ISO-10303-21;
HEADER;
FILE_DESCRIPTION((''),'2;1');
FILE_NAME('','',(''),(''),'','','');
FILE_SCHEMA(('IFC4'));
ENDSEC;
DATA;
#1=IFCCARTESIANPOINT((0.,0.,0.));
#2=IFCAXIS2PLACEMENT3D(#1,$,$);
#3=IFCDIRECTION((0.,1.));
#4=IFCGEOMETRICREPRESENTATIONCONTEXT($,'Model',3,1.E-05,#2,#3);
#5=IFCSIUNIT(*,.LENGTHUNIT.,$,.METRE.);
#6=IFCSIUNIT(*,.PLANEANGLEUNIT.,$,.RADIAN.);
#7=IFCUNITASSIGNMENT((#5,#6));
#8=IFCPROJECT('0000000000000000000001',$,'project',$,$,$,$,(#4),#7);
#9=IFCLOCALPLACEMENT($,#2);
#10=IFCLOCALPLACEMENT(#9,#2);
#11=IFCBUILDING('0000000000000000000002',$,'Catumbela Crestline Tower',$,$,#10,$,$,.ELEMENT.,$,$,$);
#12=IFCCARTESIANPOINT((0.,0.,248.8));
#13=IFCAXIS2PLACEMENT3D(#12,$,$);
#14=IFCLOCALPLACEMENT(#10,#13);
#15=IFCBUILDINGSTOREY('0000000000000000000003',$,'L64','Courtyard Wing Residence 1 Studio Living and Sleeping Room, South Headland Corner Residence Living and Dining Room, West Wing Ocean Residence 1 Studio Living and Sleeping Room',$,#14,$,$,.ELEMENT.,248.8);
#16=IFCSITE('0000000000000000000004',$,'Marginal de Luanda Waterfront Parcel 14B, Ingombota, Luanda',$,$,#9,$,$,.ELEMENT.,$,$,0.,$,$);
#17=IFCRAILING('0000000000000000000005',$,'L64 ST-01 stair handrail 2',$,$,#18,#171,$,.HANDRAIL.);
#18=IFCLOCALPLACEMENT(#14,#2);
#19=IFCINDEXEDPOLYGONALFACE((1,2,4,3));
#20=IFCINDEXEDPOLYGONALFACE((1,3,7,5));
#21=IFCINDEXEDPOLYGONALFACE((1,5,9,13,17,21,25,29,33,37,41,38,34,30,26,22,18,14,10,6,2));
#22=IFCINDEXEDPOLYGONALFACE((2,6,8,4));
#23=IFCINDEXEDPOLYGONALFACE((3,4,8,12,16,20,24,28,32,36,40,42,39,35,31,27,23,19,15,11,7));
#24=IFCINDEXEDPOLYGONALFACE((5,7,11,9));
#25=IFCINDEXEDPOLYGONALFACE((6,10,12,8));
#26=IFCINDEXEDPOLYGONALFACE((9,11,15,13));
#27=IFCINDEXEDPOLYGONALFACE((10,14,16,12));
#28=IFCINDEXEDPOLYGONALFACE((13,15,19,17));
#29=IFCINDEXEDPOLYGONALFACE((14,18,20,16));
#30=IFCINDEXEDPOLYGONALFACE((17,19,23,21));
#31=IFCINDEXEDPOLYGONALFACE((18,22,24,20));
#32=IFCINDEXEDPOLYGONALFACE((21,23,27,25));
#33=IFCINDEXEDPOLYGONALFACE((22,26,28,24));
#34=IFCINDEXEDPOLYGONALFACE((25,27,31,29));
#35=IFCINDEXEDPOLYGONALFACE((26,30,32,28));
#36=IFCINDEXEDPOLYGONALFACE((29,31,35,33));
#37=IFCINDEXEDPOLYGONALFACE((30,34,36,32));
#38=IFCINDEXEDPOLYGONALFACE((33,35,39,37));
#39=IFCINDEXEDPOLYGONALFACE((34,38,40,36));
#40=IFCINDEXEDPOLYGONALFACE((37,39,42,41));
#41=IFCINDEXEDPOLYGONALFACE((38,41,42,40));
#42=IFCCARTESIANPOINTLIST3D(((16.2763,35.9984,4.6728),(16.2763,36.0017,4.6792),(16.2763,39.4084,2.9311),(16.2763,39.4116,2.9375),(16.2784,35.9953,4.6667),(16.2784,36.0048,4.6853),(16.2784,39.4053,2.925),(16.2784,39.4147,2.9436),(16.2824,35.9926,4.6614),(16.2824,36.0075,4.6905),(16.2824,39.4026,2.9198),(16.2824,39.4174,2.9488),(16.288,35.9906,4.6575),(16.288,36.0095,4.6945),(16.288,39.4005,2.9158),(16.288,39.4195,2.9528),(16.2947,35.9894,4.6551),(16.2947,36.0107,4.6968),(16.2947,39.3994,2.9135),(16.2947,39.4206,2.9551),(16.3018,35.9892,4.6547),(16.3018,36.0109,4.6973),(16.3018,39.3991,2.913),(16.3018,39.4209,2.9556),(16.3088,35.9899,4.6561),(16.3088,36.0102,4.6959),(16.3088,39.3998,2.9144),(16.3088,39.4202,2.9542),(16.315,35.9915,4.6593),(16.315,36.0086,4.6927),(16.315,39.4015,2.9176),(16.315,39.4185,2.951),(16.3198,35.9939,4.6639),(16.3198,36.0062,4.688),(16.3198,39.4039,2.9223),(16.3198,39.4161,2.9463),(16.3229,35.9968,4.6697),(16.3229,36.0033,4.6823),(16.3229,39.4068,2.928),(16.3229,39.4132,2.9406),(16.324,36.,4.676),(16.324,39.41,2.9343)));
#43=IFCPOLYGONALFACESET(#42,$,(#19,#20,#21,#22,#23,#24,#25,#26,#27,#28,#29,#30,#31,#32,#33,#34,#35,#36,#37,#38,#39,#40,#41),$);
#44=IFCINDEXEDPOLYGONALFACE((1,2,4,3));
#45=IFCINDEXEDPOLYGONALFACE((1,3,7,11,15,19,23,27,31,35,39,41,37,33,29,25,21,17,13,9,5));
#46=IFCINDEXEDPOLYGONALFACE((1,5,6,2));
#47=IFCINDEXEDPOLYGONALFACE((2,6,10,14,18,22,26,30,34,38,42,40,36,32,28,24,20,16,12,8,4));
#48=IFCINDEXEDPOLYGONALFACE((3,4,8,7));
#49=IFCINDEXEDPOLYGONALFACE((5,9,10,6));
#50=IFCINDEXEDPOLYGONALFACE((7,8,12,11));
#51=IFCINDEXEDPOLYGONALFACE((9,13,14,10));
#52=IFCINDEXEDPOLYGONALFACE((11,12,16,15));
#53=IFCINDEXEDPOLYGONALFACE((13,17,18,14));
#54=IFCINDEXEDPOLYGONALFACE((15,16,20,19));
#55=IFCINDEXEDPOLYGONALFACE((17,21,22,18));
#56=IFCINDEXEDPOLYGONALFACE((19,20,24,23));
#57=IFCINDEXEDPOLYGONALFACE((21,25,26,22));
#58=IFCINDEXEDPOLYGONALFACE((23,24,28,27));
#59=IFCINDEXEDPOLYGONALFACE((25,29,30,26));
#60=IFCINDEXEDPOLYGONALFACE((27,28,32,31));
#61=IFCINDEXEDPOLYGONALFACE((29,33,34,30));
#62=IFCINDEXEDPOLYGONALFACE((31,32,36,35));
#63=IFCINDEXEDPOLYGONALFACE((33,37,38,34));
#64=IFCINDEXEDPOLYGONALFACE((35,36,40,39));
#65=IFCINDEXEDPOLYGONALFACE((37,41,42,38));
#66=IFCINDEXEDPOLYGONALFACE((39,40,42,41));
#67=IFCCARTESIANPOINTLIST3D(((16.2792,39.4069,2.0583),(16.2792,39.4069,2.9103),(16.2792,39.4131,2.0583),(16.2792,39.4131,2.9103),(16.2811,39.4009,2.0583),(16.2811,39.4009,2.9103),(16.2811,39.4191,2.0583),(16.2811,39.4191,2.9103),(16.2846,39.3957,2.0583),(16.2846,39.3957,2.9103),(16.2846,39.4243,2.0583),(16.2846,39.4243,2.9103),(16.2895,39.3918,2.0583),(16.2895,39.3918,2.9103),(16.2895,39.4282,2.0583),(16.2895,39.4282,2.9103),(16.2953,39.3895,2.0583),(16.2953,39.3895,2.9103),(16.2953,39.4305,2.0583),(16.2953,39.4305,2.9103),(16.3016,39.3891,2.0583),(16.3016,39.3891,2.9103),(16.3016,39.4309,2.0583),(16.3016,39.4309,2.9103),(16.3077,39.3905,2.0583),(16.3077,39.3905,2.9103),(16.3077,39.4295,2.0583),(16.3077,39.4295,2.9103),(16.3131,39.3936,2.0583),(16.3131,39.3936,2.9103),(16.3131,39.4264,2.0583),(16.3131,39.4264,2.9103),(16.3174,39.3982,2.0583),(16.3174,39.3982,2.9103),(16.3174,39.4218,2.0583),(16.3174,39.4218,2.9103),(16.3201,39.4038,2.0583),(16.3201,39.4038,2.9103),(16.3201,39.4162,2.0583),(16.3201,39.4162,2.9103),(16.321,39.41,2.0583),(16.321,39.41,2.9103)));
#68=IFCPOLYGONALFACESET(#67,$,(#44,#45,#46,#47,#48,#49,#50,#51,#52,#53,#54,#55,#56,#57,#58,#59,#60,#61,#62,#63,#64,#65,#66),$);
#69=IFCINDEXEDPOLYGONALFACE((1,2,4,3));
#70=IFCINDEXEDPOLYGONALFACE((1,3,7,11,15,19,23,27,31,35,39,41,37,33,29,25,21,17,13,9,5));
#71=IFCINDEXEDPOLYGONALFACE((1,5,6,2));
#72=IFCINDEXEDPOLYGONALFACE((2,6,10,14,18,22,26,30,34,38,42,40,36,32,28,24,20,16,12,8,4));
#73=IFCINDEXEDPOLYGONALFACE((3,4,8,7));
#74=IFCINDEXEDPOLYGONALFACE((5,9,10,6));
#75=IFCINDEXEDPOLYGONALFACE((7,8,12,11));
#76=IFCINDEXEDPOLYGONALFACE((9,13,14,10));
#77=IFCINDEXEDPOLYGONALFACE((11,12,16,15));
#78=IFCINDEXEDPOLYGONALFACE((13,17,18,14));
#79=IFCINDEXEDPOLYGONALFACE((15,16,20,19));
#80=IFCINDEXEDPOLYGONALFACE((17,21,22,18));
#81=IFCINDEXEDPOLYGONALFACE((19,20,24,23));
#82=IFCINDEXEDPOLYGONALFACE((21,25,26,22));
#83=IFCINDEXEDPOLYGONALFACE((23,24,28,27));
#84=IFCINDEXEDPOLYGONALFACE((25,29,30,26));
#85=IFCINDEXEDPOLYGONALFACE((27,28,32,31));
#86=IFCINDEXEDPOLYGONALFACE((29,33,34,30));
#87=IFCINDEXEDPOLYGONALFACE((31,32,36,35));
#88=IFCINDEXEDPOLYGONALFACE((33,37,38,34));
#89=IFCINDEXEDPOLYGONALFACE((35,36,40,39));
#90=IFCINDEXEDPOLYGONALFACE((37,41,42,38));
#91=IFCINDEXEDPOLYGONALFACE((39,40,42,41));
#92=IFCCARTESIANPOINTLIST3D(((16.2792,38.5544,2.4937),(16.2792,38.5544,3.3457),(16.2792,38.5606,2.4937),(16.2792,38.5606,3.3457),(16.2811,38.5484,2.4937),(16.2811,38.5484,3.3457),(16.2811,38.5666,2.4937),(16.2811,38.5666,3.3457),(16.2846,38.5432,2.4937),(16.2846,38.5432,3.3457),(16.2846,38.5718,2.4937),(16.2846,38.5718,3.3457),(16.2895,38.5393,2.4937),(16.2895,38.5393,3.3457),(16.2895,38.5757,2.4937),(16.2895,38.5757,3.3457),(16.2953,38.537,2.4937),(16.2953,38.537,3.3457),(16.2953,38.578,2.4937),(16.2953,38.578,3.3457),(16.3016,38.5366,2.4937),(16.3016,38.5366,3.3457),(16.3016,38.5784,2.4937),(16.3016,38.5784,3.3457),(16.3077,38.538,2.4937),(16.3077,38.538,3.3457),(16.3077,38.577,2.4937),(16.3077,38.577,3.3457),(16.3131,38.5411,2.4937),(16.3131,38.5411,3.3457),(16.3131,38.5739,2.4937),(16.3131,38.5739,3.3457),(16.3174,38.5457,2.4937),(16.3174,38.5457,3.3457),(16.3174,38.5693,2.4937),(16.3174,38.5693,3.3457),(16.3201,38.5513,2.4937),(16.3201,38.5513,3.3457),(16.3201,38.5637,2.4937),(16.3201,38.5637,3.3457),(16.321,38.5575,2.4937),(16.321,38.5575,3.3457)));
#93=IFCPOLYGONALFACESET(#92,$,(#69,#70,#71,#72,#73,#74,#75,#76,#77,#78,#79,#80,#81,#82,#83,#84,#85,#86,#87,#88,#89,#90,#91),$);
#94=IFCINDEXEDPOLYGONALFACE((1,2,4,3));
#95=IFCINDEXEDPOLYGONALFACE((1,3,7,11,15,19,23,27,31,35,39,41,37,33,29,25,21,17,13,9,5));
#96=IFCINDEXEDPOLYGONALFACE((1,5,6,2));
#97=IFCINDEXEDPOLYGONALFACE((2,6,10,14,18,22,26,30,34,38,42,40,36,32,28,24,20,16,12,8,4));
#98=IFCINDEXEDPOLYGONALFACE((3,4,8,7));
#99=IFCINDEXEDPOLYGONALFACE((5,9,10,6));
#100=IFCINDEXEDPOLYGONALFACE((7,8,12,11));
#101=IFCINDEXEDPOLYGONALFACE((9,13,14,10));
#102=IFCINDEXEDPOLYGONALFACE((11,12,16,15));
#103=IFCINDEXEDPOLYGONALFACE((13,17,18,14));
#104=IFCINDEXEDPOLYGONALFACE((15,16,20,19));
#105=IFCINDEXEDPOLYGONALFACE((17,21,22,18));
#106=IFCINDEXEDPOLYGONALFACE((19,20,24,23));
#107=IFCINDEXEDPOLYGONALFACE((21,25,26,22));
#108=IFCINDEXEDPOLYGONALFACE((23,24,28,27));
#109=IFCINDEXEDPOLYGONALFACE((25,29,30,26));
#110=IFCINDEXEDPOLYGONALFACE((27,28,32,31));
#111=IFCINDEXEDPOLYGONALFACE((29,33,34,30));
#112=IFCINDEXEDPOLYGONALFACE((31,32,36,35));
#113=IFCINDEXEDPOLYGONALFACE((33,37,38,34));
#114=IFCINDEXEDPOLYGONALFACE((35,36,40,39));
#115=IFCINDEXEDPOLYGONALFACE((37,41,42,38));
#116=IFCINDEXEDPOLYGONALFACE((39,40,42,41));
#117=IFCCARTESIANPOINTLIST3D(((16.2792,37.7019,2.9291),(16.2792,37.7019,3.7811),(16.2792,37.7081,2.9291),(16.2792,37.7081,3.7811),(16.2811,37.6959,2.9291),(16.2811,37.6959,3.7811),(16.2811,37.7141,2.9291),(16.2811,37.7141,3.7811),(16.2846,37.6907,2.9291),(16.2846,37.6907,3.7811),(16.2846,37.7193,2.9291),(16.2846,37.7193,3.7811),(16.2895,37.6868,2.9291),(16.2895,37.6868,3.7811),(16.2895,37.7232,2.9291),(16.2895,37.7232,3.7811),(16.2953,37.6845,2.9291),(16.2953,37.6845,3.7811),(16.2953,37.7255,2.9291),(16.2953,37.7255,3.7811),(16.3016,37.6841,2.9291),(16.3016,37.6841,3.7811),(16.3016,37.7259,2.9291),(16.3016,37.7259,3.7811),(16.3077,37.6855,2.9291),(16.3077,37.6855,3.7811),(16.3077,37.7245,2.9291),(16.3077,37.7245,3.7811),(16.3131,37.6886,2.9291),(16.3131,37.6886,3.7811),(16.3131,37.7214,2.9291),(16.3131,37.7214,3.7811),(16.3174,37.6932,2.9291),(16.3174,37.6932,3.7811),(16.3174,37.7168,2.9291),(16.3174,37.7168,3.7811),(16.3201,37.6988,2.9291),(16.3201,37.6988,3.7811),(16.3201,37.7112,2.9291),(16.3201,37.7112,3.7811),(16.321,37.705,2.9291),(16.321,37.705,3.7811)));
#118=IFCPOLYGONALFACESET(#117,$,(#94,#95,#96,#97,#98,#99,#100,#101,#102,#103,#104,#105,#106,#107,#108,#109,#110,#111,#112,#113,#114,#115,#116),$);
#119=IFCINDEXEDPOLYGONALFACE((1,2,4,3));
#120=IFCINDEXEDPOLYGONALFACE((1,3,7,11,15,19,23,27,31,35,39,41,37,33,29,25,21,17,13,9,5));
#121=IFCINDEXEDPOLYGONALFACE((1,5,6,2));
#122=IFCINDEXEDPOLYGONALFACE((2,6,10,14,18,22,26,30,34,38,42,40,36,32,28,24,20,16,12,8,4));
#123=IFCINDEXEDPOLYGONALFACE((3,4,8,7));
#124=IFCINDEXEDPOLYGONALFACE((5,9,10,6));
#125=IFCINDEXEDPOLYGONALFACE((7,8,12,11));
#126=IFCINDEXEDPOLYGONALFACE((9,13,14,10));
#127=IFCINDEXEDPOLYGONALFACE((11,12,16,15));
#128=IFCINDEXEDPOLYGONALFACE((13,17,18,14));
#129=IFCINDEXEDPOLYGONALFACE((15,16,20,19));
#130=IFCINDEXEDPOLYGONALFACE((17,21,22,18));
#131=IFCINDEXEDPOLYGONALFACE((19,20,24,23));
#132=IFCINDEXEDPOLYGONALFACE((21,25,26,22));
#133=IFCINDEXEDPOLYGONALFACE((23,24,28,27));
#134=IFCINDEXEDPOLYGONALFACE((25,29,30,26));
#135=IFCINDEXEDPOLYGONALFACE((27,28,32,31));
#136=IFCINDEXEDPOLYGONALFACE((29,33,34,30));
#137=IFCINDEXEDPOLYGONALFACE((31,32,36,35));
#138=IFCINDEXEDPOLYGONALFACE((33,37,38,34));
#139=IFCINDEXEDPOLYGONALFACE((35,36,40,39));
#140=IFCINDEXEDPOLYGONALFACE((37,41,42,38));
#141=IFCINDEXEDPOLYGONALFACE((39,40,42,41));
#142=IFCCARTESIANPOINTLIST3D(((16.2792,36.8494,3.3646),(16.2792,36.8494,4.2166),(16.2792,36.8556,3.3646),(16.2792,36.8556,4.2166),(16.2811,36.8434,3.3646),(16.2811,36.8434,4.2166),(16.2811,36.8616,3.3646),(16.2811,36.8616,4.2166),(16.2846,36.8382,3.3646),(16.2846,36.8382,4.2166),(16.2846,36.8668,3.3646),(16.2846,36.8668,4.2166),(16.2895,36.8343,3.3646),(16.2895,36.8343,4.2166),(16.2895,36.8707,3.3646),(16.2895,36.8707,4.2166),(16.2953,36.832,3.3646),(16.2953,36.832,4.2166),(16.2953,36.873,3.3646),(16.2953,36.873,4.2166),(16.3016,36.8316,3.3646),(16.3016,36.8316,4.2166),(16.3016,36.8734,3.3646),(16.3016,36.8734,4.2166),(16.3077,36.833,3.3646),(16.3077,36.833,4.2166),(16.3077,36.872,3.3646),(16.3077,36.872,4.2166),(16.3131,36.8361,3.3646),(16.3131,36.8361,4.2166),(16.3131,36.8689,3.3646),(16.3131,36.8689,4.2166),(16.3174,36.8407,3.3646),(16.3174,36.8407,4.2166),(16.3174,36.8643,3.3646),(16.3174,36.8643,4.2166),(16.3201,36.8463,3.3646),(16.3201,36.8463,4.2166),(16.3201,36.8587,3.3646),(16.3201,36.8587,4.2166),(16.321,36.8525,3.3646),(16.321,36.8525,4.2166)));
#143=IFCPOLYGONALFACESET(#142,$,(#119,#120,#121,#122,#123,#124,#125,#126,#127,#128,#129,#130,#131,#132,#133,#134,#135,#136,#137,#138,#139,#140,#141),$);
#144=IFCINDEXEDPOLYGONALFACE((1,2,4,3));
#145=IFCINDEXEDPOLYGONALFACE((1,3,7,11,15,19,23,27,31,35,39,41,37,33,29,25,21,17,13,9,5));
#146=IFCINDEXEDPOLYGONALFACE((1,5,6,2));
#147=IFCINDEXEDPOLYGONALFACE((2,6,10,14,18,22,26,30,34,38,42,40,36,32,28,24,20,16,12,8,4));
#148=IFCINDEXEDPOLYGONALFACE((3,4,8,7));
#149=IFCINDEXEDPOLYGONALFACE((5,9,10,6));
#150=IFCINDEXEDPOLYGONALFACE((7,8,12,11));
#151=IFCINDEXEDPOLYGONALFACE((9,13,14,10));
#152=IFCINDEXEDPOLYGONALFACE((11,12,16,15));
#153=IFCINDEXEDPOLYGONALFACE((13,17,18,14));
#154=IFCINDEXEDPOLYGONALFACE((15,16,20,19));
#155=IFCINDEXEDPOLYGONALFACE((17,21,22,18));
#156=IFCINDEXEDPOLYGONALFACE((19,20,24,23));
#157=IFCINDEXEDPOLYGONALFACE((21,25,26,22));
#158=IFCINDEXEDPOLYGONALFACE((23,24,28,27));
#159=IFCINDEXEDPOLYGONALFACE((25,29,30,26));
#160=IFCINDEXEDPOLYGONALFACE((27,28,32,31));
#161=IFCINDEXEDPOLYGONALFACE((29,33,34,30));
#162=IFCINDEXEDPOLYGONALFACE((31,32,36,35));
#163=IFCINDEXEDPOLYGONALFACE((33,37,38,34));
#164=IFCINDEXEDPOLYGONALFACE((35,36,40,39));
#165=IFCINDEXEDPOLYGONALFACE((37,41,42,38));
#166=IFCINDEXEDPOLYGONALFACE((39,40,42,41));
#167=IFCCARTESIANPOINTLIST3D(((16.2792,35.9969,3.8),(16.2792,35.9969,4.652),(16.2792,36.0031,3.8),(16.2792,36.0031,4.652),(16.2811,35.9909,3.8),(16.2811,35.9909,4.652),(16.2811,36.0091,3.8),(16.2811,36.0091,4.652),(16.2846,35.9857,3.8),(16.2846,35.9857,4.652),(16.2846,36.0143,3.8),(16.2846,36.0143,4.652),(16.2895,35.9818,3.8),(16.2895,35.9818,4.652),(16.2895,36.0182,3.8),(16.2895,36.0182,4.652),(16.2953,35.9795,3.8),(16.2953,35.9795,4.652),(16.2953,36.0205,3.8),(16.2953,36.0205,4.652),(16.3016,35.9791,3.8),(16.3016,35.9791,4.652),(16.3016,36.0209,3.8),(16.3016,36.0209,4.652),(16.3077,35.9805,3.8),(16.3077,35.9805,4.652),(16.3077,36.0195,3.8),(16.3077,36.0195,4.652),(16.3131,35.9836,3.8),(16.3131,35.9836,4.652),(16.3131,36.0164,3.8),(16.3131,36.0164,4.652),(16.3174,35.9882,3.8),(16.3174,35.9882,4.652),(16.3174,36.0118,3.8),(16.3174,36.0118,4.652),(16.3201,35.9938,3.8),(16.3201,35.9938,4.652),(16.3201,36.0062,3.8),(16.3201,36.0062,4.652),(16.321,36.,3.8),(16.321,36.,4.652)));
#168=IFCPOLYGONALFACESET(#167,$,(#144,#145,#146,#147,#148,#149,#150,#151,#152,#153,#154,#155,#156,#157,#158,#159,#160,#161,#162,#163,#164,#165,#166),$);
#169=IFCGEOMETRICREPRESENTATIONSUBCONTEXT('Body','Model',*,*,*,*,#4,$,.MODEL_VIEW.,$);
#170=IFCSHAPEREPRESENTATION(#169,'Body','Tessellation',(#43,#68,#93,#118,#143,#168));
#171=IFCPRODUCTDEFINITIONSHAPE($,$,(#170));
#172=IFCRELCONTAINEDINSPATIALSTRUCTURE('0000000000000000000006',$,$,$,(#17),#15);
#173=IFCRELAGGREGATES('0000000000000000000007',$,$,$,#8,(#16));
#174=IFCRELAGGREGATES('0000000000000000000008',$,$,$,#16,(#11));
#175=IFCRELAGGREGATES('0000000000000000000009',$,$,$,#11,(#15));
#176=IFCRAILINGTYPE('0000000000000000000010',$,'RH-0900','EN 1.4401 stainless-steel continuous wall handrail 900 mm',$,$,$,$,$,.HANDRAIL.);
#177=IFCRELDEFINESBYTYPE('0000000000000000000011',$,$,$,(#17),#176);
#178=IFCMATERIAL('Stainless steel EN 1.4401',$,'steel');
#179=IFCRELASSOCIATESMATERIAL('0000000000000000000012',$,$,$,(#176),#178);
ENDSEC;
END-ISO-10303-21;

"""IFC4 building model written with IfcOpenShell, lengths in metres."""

from ifc_helpers import new_model, si_unit, direction, frame, origin, origin_2d, place, context, subcontext, project, spatial, circle, extrude, material, type_object, element, save


model = new_model("IFC4")

# Units and contexts
model_context = context("Model", 3, precision=1e-05, world=origin(), true_north=direction((0.0, 1.0)))
body_context = subcontext(model_context, "Body", "Model", "MODEL_VIEW")
ifc_project = project(units=[si_unit("LENGTHUNIT", "METRE"), si_unit("PLANEANGLEUNIT", "RADIAN")], contexts=[model_context])

# Site, building, storey
site_placement = place(None, origin())
site = spatial("IfcSite", under=ifc_project, at=site_placement, Name="Marginal de Luanda Waterfront Parcel 14B, Ingombota, Luanda", CompositionType="ELEMENT", RefElevation=0.0)
building_placement = place(site_placement, origin())
building = spatial("IfcBuilding", under=site, at=building_placement, Name="Catumbela Crestline Tower", CompositionType="ELEMENT")
storey_placement = place(building_placement, frame((0.0, 0.0, 248.8)))
storey = spatial("IfcBuildingStorey", under=building, at=storey_placement, Name="L64", Description="Courtyard Wing Residence 1 Studio Living and Sleeping Room, South Headland Corner Residence Living and Dining Room, West Wing Ocean Residence 1 Studio Living and Sleeping Room", CompositionType="ELEMENT", Elevation=248.8)

# Shared definitions
ifc_material_1 = material(Name="Stainless steel EN 1.4401", Category="steel")

# Railing
railing_type_1 = type_object("IfcRailingType", Name="RH-0900", Description="EN 1.4401 stainless-steel continuous wall handrail 900 mm", PredefinedType="HANDRAIL", material=ifc_material_1)
railing_1_placement = place(storey_placement, frame((16.3, 39.41, 2.0583)))
element("IfcRailing", 1, at=railing_1_placement, inside=storey, type_object=railing_type_1, Name="L64 ST-01 stair handrail 2", PredefinedType="HANDRAIL", context=body_context, shape_type="SweptSolid", body=[
    extrude(circle(Radius=0.024, at=origin_2d()), frame((0.0, 0.0, 0.876), z_axis=(0.0, -0.89056, 0.454865), x_axis=(1.0, 0.0, 0.0)), (0.0, 0.0, 1.0), 3.829),
    extrude(circle(Radius=0.021, at=origin_2d()), origin(), (0.0, 0.0, 1.0), 0.852),
    extrude(circle(Radius=0.021, at=origin_2d()), frame((0.0, -0.8525, 0.4354)), (0.0, 0.0, 1.0), 0.852),
    extrude(circle(Radius=0.021, at=origin_2d()), frame((0.0, -1.705, 0.8708)), (0.0, 0.0, 1.0), 0.852),
    extrude(circle(Radius=0.021, at=origin_2d()), frame((0.0, -2.5575, 1.3063)), (0.0, 0.0, 1.0), 0.852),
    extrude(circle(Radius=0.021, at=origin_2d()), frame((0.0, -3.41, 1.7417)), (0.0, 0.0, 1.0), 0.852),
])

save(model, "model.ifc")
